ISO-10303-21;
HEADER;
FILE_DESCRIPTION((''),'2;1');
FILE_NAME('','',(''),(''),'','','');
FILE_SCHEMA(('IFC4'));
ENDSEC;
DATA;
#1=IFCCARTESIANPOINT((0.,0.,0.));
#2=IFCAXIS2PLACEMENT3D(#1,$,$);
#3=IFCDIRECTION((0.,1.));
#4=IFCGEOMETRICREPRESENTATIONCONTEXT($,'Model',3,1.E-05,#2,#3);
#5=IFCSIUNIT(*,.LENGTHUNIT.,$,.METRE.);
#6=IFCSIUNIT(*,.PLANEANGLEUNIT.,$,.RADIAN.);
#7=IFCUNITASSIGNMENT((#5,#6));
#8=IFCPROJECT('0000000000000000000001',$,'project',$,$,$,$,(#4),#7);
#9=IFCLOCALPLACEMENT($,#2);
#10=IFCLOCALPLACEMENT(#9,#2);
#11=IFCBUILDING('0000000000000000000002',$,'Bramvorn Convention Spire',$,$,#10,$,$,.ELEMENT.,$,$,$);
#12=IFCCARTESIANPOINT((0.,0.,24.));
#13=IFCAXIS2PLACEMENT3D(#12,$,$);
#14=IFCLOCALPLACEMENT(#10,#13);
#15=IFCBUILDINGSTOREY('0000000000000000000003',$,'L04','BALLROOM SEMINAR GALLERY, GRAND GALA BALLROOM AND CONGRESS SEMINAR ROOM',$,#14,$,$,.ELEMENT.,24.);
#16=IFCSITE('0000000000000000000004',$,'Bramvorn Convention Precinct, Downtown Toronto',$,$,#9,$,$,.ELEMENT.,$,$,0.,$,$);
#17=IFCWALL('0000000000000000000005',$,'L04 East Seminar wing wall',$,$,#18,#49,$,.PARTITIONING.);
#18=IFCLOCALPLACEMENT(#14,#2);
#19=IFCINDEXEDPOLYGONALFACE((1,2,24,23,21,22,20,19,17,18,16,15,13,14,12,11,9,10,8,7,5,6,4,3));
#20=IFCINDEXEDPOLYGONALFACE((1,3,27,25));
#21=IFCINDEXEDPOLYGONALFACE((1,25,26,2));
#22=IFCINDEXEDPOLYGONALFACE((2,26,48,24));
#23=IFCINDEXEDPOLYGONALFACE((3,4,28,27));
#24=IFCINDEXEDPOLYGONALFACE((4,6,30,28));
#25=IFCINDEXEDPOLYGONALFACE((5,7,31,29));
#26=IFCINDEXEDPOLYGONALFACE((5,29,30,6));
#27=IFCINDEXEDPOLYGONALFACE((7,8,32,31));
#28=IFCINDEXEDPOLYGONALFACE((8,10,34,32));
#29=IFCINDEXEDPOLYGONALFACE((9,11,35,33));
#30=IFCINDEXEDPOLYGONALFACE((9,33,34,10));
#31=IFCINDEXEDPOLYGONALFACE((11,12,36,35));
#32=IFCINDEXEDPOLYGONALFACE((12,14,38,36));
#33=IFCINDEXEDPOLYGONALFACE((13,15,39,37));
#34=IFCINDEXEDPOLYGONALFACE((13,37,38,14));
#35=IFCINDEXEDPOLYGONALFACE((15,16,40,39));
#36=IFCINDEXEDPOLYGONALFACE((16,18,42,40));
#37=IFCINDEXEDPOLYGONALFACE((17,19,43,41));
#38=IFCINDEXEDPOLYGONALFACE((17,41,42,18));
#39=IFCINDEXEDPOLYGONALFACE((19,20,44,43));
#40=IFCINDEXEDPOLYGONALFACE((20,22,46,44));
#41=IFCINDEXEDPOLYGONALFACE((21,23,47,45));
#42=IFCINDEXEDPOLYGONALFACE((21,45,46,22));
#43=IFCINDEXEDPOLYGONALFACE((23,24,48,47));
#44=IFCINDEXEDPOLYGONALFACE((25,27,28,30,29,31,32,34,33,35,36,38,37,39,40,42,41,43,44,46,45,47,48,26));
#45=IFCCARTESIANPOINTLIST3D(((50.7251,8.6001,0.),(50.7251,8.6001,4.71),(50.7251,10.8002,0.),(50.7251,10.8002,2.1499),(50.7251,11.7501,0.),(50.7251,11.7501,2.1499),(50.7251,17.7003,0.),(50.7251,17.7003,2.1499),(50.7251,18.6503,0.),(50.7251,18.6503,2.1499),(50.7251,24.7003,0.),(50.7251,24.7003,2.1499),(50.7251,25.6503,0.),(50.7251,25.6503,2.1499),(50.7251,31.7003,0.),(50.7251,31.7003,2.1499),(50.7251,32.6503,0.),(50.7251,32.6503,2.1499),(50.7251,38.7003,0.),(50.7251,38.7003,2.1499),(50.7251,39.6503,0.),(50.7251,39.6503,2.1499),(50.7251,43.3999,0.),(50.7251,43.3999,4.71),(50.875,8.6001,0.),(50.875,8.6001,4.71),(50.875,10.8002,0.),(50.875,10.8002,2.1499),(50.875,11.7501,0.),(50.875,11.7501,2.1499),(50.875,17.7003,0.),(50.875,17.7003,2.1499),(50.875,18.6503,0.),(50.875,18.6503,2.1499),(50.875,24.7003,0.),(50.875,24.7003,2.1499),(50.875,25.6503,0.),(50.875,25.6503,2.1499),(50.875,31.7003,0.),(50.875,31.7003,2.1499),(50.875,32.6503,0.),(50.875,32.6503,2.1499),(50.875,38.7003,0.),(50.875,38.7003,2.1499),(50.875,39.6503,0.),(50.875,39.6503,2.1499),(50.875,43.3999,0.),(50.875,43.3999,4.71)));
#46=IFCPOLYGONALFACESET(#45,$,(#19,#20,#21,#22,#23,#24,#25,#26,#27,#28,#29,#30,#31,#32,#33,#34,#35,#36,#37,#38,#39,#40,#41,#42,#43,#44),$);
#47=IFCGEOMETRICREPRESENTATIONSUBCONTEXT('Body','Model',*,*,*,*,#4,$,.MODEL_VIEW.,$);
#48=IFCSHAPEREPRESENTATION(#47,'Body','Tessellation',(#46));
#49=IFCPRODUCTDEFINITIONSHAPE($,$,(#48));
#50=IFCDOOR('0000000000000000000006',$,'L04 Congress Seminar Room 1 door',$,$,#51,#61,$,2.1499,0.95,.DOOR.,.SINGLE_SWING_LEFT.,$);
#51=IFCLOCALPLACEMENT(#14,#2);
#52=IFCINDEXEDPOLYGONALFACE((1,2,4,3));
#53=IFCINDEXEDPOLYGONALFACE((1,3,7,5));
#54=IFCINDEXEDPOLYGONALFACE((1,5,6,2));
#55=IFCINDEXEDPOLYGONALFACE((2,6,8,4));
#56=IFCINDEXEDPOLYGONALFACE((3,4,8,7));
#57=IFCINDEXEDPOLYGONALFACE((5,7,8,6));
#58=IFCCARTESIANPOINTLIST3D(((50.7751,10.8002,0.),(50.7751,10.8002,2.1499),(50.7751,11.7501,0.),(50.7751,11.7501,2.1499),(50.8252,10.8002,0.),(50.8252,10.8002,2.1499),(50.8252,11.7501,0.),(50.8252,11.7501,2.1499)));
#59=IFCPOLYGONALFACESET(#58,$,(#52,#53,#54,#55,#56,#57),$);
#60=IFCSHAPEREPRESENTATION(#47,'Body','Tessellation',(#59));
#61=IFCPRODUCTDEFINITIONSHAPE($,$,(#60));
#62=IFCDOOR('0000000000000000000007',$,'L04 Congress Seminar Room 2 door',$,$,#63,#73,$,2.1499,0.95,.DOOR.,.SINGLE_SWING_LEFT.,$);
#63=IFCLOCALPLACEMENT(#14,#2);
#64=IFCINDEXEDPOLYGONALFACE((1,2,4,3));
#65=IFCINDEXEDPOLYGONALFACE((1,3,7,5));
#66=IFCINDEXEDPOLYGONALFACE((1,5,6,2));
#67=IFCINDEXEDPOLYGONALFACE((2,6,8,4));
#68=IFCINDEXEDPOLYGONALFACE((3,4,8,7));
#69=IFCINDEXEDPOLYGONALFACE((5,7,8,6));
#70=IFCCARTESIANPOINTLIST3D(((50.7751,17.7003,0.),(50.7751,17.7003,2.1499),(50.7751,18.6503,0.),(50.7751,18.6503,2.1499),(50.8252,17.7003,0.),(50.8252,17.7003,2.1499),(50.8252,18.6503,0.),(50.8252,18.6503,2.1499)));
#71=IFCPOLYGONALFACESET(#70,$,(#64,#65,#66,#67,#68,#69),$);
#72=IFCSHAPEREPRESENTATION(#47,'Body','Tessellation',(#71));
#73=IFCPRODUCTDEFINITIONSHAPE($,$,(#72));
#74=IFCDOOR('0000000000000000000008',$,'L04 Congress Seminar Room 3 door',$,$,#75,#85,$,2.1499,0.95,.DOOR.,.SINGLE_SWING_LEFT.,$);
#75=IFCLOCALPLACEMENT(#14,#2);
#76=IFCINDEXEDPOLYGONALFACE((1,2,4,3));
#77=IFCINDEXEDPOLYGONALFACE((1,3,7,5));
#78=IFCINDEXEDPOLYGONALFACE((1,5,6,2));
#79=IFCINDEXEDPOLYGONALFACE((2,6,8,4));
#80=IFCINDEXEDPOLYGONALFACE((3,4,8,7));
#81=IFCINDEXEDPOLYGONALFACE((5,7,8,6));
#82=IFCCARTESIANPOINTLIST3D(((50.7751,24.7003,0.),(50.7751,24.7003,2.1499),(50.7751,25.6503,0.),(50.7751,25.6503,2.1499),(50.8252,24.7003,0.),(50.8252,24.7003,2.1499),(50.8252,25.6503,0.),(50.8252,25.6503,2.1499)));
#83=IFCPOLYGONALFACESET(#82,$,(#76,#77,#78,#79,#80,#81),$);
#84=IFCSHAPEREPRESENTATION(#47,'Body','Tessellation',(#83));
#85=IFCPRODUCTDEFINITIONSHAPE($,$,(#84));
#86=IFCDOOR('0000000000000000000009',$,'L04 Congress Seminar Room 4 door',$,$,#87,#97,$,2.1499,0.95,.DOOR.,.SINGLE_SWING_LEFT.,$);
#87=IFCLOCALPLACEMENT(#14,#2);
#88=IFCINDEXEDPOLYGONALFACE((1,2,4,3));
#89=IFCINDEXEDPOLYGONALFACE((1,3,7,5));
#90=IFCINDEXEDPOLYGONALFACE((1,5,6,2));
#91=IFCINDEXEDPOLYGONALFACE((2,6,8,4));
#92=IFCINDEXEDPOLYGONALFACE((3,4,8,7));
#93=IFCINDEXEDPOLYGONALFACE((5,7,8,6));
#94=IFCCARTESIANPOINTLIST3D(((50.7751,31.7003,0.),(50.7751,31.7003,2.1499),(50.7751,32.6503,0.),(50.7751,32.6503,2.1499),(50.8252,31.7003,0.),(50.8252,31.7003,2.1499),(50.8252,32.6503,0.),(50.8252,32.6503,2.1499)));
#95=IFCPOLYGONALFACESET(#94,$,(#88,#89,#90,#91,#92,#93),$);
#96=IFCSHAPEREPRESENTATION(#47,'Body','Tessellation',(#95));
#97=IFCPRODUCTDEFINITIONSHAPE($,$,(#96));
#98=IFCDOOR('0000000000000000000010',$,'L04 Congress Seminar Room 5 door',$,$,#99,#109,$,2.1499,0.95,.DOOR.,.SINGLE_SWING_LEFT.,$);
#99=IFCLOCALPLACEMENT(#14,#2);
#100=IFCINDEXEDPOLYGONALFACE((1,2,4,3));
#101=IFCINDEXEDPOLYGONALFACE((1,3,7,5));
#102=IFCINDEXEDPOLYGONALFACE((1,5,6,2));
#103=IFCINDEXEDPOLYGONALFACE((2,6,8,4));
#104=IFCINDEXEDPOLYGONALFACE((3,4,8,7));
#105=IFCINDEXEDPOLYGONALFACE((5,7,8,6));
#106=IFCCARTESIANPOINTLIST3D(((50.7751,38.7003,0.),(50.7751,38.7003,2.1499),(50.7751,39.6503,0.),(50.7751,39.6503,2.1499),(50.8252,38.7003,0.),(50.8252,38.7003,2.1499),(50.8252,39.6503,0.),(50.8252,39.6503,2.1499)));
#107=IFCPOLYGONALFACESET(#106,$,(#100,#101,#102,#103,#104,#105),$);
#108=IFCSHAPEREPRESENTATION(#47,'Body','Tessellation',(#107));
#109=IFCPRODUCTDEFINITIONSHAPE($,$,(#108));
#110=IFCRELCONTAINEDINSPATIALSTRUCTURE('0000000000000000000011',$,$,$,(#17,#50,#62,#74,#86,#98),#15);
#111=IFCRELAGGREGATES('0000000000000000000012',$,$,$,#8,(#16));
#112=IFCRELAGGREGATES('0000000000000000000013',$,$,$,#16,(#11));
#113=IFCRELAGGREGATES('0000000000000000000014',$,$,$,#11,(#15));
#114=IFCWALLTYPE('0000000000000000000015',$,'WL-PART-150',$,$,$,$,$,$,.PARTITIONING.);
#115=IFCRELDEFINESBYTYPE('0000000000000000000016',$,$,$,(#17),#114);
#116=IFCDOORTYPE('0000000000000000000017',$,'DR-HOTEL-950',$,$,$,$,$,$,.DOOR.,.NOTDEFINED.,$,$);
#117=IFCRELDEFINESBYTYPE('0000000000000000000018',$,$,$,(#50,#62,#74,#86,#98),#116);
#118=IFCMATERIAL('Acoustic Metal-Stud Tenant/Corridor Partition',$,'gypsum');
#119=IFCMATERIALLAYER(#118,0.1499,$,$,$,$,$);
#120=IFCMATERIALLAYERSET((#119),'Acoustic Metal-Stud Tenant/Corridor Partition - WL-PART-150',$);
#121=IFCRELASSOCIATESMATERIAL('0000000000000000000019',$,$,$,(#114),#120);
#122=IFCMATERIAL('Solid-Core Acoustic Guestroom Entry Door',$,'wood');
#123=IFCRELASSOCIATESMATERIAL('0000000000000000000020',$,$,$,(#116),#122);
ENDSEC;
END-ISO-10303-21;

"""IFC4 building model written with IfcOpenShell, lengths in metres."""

from ifc_helpers import new_model, si_unit, direction, frame, frame_2d, origin, place, context, subcontext, project, spatial, rectangle, extrude, material, layer, layer_set, type_object, element, fill, save


model = new_model("IFC4")

# Units and contexts
model_context = context("Model", 3, precision=1e-05, world=origin(), true_north=direction((0.0, 1.0)))
body_context = subcontext(model_context, "Body", "Model", "MODEL_VIEW")
ifc_project = project(units=[si_unit("LENGTHUNIT", "METRE"), si_unit("PLANEANGLEUNIT", "RADIAN")], contexts=[model_context])

# Site, building, storey
site_placement = place(None, origin())
site = spatial("IfcSite", under=ifc_project, at=site_placement, Name="Bramvorn Convention Precinct, Downtown Toronto", CompositionType="ELEMENT", RefElevation=0.0)
building_placement = place(site_placement, origin())
building = spatial("IfcBuilding", under=site, at=building_placement, Name="Bramvorn Convention Spire", CompositionType="ELEMENT")
storey_placement = place(building_placement, frame((0.0, 0.0, 24.0)))
storey = spatial("IfcBuildingStorey", under=building, at=storey_placement, Name="L04", Description="BALLROOM SEMINAR GALLERY, GRAND GALA BALLROOM AND CONGRESS SEMINAR ROOM", CompositionType="ELEMENT", Elevation=24.0)

# Wall, openings, doors
ifc_material_1 = material(Name="Acoustic Metal-Stud Tenant/Corridor Partition", Category="gypsum")
ifc_layer_1 = layer(ifc_material_1, 0.1499)
ifc_layer_set_1 = layer_set([ifc_layer_1], Name="Acoustic Metal-Stud Tenant/Corridor Partition - WL-PART-150")
wall_type_1 = type_object("IfcWallType", Name="WL-PART-150", PredefinedType="PARTITIONING", material=ifc_layer_set_1)
wall_1_placement = place(storey_placement, frame((50.8, 8.6001, 0.0), z_axis=(0.0, 0.0, 1.0), x_axis=(0.0, 1.0, 0.0)))
wall_1 = element("IfcWall", 1, at=wall_1_placement, inside=storey, type_object=wall_type_1, Name="L04 East Seminar wing wall", PredefinedType="PARTITIONING", context=body_context, shape_type="SweptSolid", body=[
    extrude(rectangle(XDim=34.7998, YDim=0.1499, at=frame_2d((17.3999, 0.0))), origin(), (0.0, 0.0, 1.0), 4.71),
])
opening_1_placement = place(wall_1_placement, frame((2.2, 0.0, 0.0)))
opening_1 = element("IfcOpeningElement", 2, at=opening_1_placement, cuts=wall_1, PredefinedType="OPENING", context=body_context, shape_type="SweptSolid", body=[
    extrude(rectangle(XDim=0.95, YDim=2.1499, at=frame_2d((0.4751, 1.075))), frame((0.0, 0.085, 0.0), z_axis=(0.0, -1.0, 0.0), x_axis=(1.0, 0.0, 0.0)), (0.0, 0.0, 1.0), 0.1699),
])
opening_2_placement = place(wall_1_placement, frame((9.1001, 0.0, 0.0)))
opening_2 = element("IfcOpeningElement", 3, at=opening_2_placement, cuts=wall_1, PredefinedType="OPENING", context=body_context, shape_type="SweptSolid", body=[
    extrude(rectangle(XDim=0.95, YDim=2.1499, at=frame_2d((0.4751, 1.075))), frame((0.0, 0.085, 0.0), z_axis=(0.0, -1.0, 0.0), x_axis=(1.0, 0.0, 0.0)), (0.0, 0.0, 1.0), 0.1699),
])
opening_3_placement = place(wall_1_placement, frame((16.1001, 0.0, 0.0)))
opening_3 = element("IfcOpeningElement", 4, at=opening_3_placement, cuts=wall_1, PredefinedType="OPENING", context=body_context, shape_type="SweptSolid", body=[
    extrude(rectangle(XDim=0.95, YDim=2.1499, at=frame_2d((0.4751, 1.075))), frame((0.0, 0.085, 0.0), z_axis=(0.0, -1.0, 0.0), x_axis=(1.0, 0.0, 0.0)), (0.0, 0.0, 1.0), 0.1699),
])
opening_4_placement = place(wall_1_placement, frame((23.1001, 0.0, 0.0)))
opening_4 = element("IfcOpeningElement", 5, at=opening_4_placement, cuts=wall_1, PredefinedType="OPENING", context=body_context, shape_type="SweptSolid", body=[
    extrude(rectangle(XDim=0.95, YDim=2.1499, at=frame_2d((0.4751, 1.075))), frame((0.0, 0.085, 0.0), z_axis=(0.0, -1.0, 0.0), x_axis=(1.0, 0.0, 0.0)), (0.0, 0.0, 1.0), 0.1699),
])
opening_5_placement = place(wall_1_placement, frame((30.1001, 0.0, 0.0)))
opening_5 = element("IfcOpeningElement", 6, at=opening_5_placement, cuts=wall_1, PredefinedType="OPENING", context=body_context, shape_type="SweptSolid", body=[
    extrude(rectangle(XDim=0.95, YDim=2.1499, at=frame_2d((0.4751, 1.075))), frame((0.0, 0.085, 0.0), z_axis=(0.0, -1.0, 0.0), x_axis=(1.0, 0.0, 0.0)), (0.0, 0.0, 1.0), 0.1699),
])
ifc_material_2 = material(Name="Solid-Core Acoustic Guestroom Entry Door", Category="wood")
door_type_1 = type_object("IfcDoorType", Name="DR-HOTEL-950", OperationType="NOTDEFINED", PredefinedType="DOOR", material=ifc_material_2)
door_1_placement = place(opening_1_placement, origin())
door_1 = element("IfcDoor", 7, at=door_1_placement, inside=storey, type_object=door_type_1, Name="L04 Congress Seminar Room 1 door", OperationType="SINGLE_SWING_LEFT", OverallHeight=2.1499, OverallWidth=0.95, PredefinedType="DOOR", context=body_context, shape_type="SweptSolid", body=[
    extrude(rectangle(XDim=0.95, YDim=2.1499, at=frame_2d((0.4751, 1.075))), frame((0.0, 0.0249, 0.0), z_axis=(0.0, -1.0, 0.0), x_axis=(1.0, 0.0, 0.0)), (0.0, 0.0, 1.0), 0.05),
])
fill(opening_1, door_1)
door_2_placement = place(opening_2_placement, origin())
door_2 = element("IfcDoor", 8, at=door_2_placement, inside=storey, type_object=door_type_1, Name="L04 Congress Seminar Room 2 door", OperationType="SINGLE_SWING_LEFT", OverallHeight=2.1499, OverallWidth=0.95, PredefinedType="DOOR", context=body_context, shape_type="SweptSolid", body=[
    extrude(rectangle(XDim=0.95, YDim=2.1499, at=frame_2d((0.4751, 1.075))), frame((0.0, 0.0249, 0.0), z_axis=(0.0, -1.0, 0.0), x_axis=(1.0, 0.0, 0.0)), (0.0, 0.0, 1.0), 0.05),
])
fill(opening_2, door_2)
door_3_placement = place(opening_3_placement, origin())
door_3 = element("IfcDoor", 9, at=door_3_placement, inside=storey, type_object=door_type_1, Name="L04 Congress Seminar Room 3 door", OperationType="SINGLE_SWING_LEFT", OverallHeight=2.1499, OverallWidth=0.95, PredefinedType="DOOR", context=body_context, shape_type="SweptSolid", body=[
    extrude(rectangle(XDim=0.95, YDim=2.1499, at=frame_2d((0.4751, 1.075))), frame((0.0, 0.0249, 0.0), z_axis=(0.0, -1.0, 0.0), x_axis=(1.0, 0.0, 0.0)), (0.0, 0.0, 1.0), 0.05),
])
fill(opening_3, door_3)
door_4_placement = place(opening_4_placement, origin())
door_4 = element("IfcDoor", 10, at=door_4_placement, inside=storey, type_object=door_type_1, Name="L04 Congress Seminar Room 4 door", OperationType="SINGLE_SWING_LEFT", OverallHeight=2.1499, OverallWidth=0.95, PredefinedType="DOOR", context=body_context, shape_type="SweptSolid", body=[
    extrude(rectangle(XDim=0.95, YDim=2.1499, at=frame_2d((0.4751, 1.075))), frame((0.0, 0.0249, 0.0), z_axis=(0.0, -1.0, 0.0), x_axis=(1.0, 0.0, 0.0)), (0.0, 0.0, 1.0), 0.05),
])
fill(opening_4, door_4)
door_5_placement = place(opening_5_placement, origin())
door_5 = element("IfcDoor", 11, at=door_5_placement, inside=storey, type_object=door_type_1, Name="L04 Congress Seminar Room 5 door", OperationType="SINGLE_SWING_LEFT", OverallHeight=2.1499, OverallWidth=0.95, PredefinedType="DOOR", context=body_context, shape_type="SweptSolid", body=[
    extrude(rectangle(XDim=0.95, YDim=2.1499, at=frame_2d((0.4751, 1.075))), frame((0.0, 0.0249, 0.0), z_axis=(0.0, -1.0, 0.0), x_axis=(1.0, 0.0, 0.0)), (0.0, 0.0, 1.0), 0.05),
])
fill(opening_5, door_5)

save(model, "model.ifc")
